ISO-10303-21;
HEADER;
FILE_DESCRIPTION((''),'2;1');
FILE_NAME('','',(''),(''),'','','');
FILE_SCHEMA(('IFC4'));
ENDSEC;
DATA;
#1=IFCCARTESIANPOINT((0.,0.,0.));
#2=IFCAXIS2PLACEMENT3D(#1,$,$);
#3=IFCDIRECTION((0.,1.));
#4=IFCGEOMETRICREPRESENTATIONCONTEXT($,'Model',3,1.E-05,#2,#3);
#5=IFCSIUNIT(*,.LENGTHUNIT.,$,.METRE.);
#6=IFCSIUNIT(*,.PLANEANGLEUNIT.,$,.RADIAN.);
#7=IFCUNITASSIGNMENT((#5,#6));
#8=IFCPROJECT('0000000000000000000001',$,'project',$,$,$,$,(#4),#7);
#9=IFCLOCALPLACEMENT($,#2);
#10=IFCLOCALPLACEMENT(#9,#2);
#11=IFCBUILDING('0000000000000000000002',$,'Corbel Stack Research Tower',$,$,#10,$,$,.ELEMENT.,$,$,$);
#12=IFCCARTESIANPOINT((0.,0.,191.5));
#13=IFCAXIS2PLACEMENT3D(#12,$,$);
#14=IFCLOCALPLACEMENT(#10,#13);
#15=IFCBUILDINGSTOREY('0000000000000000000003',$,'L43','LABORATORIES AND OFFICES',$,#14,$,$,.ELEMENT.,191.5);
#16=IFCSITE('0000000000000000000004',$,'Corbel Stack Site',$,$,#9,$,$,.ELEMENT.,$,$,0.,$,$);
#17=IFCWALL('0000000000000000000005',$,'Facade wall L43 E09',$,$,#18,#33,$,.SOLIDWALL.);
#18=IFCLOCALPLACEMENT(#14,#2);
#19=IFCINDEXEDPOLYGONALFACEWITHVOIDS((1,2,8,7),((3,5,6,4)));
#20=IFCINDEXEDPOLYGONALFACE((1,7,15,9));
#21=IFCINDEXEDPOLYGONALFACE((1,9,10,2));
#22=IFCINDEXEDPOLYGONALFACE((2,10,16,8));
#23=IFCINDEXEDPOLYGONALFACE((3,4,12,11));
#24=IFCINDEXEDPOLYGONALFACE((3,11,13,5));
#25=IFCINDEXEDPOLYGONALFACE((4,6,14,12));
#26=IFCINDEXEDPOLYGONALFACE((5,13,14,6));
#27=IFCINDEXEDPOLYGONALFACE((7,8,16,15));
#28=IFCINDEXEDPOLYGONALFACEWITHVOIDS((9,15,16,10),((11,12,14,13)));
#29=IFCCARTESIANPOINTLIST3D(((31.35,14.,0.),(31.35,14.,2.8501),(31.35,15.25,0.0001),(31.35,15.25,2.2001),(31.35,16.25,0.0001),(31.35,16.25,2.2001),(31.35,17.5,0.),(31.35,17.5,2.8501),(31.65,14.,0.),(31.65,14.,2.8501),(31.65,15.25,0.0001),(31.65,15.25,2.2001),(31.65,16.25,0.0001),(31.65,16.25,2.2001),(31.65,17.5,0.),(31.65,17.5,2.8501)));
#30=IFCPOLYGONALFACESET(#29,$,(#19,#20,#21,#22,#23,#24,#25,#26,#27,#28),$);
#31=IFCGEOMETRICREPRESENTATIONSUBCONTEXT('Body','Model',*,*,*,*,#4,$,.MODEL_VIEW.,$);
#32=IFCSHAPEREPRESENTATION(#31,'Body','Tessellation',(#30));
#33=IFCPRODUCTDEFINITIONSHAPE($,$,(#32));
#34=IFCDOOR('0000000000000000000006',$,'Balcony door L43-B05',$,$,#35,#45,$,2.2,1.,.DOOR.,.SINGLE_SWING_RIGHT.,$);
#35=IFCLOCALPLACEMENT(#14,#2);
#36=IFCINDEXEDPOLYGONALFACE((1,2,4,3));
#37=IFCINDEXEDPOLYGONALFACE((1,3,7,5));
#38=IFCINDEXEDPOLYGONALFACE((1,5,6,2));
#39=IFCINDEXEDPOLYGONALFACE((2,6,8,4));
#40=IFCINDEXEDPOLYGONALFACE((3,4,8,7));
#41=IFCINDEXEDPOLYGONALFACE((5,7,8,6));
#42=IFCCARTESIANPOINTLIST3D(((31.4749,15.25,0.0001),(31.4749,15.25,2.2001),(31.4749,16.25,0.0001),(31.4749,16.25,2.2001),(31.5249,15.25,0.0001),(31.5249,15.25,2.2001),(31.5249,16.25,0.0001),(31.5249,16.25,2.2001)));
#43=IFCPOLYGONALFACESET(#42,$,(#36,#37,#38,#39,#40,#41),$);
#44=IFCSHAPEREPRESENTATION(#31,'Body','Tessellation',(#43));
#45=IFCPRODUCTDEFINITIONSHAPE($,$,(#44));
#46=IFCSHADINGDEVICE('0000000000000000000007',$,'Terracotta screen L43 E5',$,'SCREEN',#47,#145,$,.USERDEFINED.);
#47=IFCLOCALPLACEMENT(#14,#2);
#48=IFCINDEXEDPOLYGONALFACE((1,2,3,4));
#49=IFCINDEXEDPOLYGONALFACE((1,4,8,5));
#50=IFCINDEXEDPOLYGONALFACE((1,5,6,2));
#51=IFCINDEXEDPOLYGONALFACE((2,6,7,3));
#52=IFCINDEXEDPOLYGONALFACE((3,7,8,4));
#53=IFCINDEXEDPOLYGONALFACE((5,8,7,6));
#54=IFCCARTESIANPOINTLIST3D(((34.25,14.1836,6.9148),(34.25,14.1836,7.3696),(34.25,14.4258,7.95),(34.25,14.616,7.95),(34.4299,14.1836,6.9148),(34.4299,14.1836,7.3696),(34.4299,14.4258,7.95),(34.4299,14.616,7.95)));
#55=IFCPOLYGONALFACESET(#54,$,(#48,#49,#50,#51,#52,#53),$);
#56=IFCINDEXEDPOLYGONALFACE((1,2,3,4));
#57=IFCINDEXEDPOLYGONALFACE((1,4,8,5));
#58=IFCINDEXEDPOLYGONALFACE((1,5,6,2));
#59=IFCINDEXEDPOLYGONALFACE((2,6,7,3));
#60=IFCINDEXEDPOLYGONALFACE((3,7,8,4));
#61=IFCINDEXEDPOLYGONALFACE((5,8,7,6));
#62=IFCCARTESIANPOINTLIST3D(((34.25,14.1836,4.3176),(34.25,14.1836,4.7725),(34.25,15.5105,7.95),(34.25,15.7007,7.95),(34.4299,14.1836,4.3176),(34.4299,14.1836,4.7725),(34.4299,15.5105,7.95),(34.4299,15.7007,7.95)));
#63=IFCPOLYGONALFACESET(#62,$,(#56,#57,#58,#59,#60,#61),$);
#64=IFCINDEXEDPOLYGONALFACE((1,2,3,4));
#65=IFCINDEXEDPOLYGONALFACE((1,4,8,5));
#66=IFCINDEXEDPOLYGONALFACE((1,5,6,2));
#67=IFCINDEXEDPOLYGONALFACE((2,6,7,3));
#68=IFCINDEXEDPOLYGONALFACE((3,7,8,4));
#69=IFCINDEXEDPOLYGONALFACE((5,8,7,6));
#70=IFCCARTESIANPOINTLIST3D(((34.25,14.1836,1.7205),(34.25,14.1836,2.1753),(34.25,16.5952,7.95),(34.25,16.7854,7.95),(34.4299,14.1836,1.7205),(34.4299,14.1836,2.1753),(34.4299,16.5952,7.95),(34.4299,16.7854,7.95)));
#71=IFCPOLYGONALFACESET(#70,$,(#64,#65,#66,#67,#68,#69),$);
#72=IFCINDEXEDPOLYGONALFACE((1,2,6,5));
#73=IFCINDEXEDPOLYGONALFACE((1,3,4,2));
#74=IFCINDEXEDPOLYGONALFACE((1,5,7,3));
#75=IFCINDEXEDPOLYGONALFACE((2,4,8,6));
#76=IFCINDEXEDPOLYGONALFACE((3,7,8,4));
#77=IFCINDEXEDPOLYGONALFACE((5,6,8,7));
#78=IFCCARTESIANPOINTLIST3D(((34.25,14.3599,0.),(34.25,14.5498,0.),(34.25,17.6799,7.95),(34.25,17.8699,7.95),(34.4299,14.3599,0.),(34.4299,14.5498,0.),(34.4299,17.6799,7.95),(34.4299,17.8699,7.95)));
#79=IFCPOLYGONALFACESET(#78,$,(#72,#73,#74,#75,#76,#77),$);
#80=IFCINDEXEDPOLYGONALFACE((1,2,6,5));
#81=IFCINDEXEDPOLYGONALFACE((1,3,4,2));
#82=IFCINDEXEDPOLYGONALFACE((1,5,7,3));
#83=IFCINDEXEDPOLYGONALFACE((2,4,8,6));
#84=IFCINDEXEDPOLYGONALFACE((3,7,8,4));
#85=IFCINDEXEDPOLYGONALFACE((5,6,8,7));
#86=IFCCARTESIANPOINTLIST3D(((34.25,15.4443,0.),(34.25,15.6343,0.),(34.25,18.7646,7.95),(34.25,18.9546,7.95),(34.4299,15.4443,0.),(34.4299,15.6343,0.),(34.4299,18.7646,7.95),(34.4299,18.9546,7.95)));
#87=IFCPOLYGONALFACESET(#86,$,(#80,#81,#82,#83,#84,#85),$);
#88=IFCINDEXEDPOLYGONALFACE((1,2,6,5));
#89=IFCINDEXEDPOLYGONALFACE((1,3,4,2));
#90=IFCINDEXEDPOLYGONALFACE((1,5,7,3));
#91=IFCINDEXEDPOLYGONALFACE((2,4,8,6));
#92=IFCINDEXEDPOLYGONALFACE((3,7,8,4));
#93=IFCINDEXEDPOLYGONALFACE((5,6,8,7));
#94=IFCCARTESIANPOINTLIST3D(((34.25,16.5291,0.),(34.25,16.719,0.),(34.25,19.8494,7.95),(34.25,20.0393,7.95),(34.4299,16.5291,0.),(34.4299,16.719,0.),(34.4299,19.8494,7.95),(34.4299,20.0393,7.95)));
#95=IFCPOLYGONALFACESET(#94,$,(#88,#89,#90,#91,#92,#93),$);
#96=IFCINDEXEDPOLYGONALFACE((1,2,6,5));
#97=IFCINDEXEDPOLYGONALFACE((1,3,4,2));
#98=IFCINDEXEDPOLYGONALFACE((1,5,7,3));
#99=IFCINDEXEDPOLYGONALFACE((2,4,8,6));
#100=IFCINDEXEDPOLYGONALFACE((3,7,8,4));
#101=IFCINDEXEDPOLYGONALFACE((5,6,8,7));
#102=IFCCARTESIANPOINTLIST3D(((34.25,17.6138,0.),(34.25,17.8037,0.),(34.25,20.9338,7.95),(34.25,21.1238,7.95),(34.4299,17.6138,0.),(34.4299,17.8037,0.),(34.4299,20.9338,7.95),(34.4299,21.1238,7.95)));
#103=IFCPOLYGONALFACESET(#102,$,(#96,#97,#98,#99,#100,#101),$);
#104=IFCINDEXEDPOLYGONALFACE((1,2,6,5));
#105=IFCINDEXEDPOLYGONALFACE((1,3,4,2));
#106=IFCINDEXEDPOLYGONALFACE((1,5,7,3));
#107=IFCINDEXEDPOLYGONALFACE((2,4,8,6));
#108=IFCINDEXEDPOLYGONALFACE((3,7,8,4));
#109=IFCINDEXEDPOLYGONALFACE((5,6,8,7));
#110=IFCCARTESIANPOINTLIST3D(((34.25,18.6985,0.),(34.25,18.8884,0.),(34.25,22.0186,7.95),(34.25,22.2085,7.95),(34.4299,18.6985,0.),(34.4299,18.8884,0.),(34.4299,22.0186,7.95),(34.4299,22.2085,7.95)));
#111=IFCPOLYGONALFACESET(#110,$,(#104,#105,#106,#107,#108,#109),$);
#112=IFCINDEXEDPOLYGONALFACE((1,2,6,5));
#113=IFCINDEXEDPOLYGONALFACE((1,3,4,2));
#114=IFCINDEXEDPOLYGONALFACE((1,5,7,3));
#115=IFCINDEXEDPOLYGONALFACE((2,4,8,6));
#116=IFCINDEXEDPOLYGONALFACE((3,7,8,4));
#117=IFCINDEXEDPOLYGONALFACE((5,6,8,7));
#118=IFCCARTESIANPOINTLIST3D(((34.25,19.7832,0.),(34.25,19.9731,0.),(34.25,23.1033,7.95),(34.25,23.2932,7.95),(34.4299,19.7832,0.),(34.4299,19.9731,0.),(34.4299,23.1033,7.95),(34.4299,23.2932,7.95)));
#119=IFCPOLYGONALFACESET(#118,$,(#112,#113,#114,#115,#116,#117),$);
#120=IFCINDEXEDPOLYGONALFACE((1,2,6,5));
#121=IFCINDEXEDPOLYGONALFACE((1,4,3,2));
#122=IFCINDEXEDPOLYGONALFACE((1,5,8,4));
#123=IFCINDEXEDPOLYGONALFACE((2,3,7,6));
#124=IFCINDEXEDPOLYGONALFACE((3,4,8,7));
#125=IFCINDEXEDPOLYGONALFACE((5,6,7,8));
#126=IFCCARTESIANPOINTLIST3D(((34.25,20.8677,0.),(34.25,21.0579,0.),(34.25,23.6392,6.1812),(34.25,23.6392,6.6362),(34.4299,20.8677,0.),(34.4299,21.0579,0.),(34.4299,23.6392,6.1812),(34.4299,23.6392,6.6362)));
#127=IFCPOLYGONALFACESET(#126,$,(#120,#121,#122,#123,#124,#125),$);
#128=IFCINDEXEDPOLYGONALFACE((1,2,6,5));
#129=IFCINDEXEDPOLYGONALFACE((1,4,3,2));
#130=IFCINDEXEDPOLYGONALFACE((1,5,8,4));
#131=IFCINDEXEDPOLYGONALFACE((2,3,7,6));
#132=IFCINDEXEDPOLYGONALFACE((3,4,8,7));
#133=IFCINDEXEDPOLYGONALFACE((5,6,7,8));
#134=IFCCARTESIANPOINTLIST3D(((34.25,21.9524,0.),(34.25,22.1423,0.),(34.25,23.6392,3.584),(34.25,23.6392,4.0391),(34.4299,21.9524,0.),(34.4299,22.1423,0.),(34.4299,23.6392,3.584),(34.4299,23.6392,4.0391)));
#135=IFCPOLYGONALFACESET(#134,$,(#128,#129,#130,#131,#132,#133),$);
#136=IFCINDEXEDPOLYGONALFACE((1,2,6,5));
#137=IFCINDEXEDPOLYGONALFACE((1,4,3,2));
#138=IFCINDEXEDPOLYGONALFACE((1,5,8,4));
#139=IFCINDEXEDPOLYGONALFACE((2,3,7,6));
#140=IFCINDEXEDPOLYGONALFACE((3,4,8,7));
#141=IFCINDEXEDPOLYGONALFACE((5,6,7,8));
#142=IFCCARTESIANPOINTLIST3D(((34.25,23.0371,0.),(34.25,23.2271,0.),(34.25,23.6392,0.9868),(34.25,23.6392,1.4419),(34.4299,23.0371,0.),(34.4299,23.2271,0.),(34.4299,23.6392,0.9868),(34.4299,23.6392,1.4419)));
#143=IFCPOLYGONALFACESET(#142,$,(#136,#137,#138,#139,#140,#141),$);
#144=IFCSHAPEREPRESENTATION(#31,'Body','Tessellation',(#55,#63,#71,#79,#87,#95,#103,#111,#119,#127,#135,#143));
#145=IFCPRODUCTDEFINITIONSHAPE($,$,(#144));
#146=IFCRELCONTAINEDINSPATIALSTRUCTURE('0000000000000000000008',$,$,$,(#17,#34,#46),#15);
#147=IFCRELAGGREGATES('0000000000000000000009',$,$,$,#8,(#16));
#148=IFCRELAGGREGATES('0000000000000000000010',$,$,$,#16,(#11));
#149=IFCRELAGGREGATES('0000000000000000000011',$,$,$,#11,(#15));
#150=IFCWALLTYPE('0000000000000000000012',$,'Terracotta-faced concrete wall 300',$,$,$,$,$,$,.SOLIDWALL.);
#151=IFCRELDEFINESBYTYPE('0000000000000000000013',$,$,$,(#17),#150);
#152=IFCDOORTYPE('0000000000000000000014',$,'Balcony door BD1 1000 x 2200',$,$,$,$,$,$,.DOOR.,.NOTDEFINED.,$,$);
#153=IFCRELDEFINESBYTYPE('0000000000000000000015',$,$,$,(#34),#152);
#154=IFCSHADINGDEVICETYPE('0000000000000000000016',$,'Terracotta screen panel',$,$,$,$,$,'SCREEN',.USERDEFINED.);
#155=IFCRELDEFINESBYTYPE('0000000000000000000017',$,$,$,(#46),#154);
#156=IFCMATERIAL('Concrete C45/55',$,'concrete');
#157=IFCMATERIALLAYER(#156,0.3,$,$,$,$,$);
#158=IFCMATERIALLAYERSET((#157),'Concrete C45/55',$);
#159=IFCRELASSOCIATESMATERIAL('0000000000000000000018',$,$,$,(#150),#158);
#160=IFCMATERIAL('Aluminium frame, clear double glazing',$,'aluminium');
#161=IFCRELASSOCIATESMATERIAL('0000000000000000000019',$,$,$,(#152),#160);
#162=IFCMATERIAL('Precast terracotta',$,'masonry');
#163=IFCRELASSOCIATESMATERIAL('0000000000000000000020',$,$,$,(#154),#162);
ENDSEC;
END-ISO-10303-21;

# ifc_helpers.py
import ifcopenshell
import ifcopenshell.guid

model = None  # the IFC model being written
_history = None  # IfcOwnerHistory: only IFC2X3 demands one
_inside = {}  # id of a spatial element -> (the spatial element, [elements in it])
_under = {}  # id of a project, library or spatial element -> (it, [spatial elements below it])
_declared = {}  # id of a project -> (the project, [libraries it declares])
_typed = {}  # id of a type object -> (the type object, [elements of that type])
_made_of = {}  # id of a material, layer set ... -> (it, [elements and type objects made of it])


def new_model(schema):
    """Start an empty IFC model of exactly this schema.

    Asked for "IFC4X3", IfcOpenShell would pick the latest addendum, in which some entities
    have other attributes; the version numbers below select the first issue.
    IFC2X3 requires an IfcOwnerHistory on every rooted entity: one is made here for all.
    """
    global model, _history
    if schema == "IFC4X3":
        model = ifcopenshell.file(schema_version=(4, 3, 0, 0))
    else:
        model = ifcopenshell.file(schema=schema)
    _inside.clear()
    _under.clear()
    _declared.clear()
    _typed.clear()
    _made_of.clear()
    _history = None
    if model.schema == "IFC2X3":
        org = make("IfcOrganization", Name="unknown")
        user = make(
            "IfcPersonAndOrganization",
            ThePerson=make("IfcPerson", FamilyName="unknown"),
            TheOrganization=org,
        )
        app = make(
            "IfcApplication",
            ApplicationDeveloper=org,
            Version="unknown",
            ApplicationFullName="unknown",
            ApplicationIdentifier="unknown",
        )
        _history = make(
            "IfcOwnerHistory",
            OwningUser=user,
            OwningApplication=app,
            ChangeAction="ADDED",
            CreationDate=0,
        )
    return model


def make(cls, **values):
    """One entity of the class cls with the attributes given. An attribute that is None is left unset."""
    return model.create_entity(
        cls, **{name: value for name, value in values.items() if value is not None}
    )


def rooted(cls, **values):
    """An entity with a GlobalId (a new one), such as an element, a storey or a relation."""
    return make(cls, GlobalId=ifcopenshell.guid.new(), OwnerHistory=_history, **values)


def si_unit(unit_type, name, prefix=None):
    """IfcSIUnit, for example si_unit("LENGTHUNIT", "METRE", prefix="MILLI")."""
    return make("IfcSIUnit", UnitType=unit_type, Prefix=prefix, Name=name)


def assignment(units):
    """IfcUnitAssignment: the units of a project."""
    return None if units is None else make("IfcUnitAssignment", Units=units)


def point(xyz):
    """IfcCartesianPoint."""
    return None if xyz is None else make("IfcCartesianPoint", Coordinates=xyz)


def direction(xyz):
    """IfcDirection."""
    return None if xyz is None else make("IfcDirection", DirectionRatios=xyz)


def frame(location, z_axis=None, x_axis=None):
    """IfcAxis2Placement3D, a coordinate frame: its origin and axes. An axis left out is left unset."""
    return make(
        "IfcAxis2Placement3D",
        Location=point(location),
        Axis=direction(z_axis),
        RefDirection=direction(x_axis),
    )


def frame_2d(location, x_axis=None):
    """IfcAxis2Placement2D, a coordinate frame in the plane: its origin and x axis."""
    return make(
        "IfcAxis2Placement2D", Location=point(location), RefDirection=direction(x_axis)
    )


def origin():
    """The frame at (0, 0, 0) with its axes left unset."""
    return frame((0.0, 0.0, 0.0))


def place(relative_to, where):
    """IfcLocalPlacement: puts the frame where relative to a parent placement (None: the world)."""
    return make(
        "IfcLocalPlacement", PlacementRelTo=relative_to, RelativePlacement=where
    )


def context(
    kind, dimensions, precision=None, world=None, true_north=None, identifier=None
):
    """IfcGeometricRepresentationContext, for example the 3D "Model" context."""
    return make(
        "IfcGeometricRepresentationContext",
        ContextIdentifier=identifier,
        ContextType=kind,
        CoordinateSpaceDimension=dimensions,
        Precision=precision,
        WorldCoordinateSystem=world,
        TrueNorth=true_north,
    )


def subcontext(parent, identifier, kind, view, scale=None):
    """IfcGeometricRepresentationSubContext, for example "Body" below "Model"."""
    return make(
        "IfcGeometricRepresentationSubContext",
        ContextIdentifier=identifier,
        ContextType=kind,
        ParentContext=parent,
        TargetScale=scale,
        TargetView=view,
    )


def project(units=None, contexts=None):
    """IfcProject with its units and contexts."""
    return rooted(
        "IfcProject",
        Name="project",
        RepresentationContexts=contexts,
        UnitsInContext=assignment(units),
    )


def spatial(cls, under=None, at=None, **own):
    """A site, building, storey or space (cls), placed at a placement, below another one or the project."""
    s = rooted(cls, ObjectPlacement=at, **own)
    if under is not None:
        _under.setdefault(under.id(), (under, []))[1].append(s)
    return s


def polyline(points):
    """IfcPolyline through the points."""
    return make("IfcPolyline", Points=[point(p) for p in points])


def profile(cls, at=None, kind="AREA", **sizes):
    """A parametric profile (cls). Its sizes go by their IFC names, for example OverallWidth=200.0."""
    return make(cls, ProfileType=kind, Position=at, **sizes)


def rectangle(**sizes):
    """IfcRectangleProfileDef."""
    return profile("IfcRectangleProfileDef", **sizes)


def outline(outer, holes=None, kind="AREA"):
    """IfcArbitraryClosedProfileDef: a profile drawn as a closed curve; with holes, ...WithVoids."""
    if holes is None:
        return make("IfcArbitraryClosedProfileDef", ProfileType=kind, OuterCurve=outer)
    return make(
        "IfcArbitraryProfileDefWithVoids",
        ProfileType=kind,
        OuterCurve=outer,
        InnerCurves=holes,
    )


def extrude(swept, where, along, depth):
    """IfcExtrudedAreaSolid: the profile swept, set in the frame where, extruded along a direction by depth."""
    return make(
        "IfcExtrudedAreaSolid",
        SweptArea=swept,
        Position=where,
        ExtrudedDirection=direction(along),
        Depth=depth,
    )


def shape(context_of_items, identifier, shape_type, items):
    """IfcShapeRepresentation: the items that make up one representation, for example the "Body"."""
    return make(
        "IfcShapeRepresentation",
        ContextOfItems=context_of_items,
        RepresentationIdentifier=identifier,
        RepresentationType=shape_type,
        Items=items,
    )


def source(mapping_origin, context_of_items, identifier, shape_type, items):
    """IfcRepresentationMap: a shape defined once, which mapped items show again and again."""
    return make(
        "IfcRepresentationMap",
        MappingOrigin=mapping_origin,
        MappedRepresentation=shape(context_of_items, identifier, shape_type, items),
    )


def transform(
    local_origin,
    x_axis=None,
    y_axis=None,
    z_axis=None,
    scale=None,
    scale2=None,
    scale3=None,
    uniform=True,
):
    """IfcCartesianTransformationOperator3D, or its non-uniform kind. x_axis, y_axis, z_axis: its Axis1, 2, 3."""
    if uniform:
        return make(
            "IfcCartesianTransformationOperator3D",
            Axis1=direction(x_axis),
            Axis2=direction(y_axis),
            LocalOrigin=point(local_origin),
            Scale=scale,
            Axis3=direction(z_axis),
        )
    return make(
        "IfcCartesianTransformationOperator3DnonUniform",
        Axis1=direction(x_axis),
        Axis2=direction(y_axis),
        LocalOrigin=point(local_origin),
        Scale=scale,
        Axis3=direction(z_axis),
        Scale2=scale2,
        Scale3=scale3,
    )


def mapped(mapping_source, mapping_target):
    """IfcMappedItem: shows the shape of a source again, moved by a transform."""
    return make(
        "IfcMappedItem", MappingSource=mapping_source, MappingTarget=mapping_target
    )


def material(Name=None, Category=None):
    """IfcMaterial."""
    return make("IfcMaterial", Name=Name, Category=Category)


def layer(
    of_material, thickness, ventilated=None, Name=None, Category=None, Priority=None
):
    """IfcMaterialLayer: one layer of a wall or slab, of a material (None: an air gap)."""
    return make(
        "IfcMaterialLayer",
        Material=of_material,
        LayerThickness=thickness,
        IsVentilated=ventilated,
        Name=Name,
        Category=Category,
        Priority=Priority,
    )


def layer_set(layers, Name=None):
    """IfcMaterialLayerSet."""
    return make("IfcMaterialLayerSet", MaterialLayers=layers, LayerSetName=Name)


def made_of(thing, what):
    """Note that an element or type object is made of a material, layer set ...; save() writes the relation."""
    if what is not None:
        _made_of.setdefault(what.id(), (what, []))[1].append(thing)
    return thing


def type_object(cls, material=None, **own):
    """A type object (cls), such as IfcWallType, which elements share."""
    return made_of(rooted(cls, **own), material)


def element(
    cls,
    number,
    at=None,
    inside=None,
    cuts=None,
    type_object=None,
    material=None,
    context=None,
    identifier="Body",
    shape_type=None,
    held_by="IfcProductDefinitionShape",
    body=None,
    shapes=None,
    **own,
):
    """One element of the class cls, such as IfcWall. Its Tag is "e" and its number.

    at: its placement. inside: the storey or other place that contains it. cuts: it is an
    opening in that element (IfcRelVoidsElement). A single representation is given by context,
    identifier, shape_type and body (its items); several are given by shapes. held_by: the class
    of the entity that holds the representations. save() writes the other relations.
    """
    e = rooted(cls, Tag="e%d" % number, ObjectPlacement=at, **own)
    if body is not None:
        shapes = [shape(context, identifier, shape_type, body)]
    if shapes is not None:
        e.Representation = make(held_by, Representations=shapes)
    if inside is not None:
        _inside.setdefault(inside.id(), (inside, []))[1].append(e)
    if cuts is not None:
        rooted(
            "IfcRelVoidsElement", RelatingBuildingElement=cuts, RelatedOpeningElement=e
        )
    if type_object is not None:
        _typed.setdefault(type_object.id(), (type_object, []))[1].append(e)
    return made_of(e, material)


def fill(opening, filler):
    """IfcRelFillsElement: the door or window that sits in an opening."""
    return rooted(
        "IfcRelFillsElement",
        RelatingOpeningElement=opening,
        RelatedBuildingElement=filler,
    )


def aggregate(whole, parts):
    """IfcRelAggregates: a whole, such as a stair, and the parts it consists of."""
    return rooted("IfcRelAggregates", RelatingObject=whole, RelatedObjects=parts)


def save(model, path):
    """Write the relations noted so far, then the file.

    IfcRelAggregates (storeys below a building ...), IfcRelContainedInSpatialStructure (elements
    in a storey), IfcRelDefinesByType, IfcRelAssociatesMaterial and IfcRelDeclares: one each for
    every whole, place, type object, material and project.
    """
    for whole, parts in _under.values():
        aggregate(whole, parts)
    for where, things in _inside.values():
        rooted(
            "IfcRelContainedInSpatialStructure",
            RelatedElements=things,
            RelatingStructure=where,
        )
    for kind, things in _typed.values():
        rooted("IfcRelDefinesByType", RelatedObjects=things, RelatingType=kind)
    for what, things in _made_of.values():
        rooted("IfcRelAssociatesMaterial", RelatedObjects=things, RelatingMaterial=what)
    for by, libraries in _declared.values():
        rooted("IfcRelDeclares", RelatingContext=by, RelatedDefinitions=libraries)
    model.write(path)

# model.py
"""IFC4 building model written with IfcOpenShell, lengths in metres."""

from ifc_helpers import new_model, si_unit, direction, frame, frame_2d, origin, place, context, subcontext, project, spatial, polyline, rectangle, outline, extrude, source, transform, mapped, material, layer, layer_set, type_object, element, fill, save


model = new_model("IFC4")

# Units and contexts
model_context = context("Model", 3, precision=1e-05, world=origin(), true_north=direction((0.0, 1.0)))
body_context = subcontext(model_context, "Body", "Model", "MODEL_VIEW")
ifc_project = project(units=[si_unit("LENGTHUNIT", "METRE"), si_unit("PLANEANGLEUNIT", "RADIAN")], contexts=[model_context])

# Site, building, storey
site_placement = place(None, origin())
site = spatial("IfcSite", under=ifc_project, at=site_placement, Name="Corbel Stack Site", CompositionType="ELEMENT", RefElevation=0.0)
building_placement = place(site_placement, origin())
building = spatial("IfcBuilding", under=site, at=building_placement, Name="Corbel Stack Research Tower", CompositionType="ELEMENT")
storey_placement = place(building_placement, frame((0.0, 0.0, 191.5)))
storey = spatial("IfcBuildingStorey", under=building, at=storey_placement, Name="L43", Description="LABORATORIES AND OFFICES", CompositionType="ELEMENT", Elevation=191.5)

# Shared definitions
ifc_material_1 = material(Name="Concrete C45/55", Category="concrete")
ifc_layer_1 = layer(ifc_material_1, 0.3)
ifc_layer_set_1 = layer_set([ifc_layer_1], Name="Concrete C45/55")
wall_type_1 = type_object("IfcWallType", Name="Terracotta-faced concrete wall 300", PredefinedType="SOLIDWALL", material=ifc_layer_set_1)

# Wall, opening, door
wall_1_placement = place(storey_placement, frame((31.5, 17.5, 0.0), z_axis=(0.0, 0.0, 1.0), x_axis=(0.0, -1.0, 0.0)))
wall_1 = element("IfcWall", 1, at=wall_1_placement, inside=storey, type_object=wall_type_1, Name="Facade wall L43 E09", PredefinedType="SOLIDWALL", context=body_context, shape_type="SweptSolid", body=[
    extrude(rectangle(XDim=3.5, YDim=0.3, at=frame_2d((1.75, 0.0))), origin(), (0.0, 0.0, 1.0), 2.8501),
])
opening_1_placement = place(wall_1_placement, frame((1.25, 0.0, 0.0)))
opening_1 = element("IfcOpeningElement", 2, at=opening_1_placement, cuts=wall_1, PredefinedType="OPENING", context=body_context, shape_type="SweptSolid", body=[
    extrude(rectangle(XDim=1.0, YDim=2.2, at=frame_2d((0.5, 1.1001))), frame((0.0, 0.1599, 0.0), z_axis=(0.0, -1.0, 0.0), x_axis=(1.0, 0.0, 0.0)), (0.0, 0.0, 1.0), 0.3201),
])
ifc_material_2 = material(Name="Aluminium frame, clear double glazing", Category="aluminium")
door_type_1 = type_object("IfcDoorType", Name="Balcony door BD1 1000 x 2200", OperationType="NOTDEFINED", PredefinedType="DOOR", material=ifc_material_2)
door_1_placement = place(opening_1_placement, origin())
door_1 = element("IfcDoor", 3, at=door_1_placement, inside=storey, type_object=door_type_1, Name="Balcony door L43-B05", OperationType="SINGLE_SWING_RIGHT", OverallHeight=2.2, OverallWidth=1.0, PredefinedType="DOOR", context=body_context, shape_type="SweptSolid", body=[
    extrude(rectangle(XDim=1.0, YDim=2.2, at=frame_2d((0.5, 1.1001))), frame((0.0, 0.0249, 0.0), z_axis=(0.0, -1.0, 0.0), x_axis=(1.0, 0.0, 0.0)), (0.0, 0.0, 1.0), 0.05),
])
fill(opening_1, door_1)

# Shading device
ifc_material_3 = material(Name="Precast terracotta", Category="masonry")
shading_device_type = type_object("IfcShadingDeviceType", Name="Terracotta screen panel", ElementType="SCREEN", PredefinedType="USERDEFINED", material=ifc_material_3)
shared_shape_1 = source(origin(), body_context, "Body", "SweptSolid", [
    extrude(outline(polyline([(0.4324, 7.95), (0.2422, 7.95), (0.0, 7.3696), (0.0, 6.9148), (0.4324, 7.95)])), frame((0.0, 0.0, 0.0), z_axis=(0.0, -1.0, 0.0), x_axis=(1.0, 0.0, 0.0)), (0.0, 0.0, 1.0), 0.1799),
    extrude(outline(polyline([(1.5171, 7.95), (1.3269, 7.95), (0.0, 4.7725), (0.0, 4.3176), (1.5171, 7.95)])), frame((0.0, 0.0, 0.0), z_axis=(0.0, -1.0, 0.0), x_axis=(1.0, 0.0, 0.0)), (0.0, 0.0, 1.0), 0.1799),
    extrude(outline(polyline([(2.6018, 7.95), (2.4116, 7.95), (0.0, 2.1753), (0.0, 1.7205), (2.6018, 7.95)])), frame((0.0, 0.0, 0.0), z_axis=(0.0, -1.0, 0.0), x_axis=(1.0, 0.0, 0.0)), (0.0, 0.0, 1.0), 0.1799),
    extrude(outline(polyline([(0.3662, 0.0), (3.6863, 7.95), (3.4963, 7.95), (0.1763, 0.0), (0.3662, 0.0)])), frame((0.0, 0.0, 0.0), z_axis=(0.0, -1.0, 0.0), x_axis=(1.0, 0.0, 0.0)), (0.0, 0.0, 1.0), 0.1799),
    extrude(outline(polyline([(1.4507, 0.0), (4.771, 7.95), (4.5811, 7.95), (1.2607, 0.0), (1.4507, 0.0)])), frame((0.0, 0.0, 0.0), z_axis=(0.0, -1.0, 0.0), x_axis=(1.0, 0.0, 0.0)), (0.0, 0.0, 1.0), 0.1799),
    extrude(outline(polyline([(2.5354, 0.0), (5.8557, 7.95), (5.6658, 7.95), (2.3455, 0.0), (2.5354, 0.0)])), frame((0.0, 0.0, 0.0), z_axis=(0.0, -1.0, 0.0), x_axis=(1.0, 0.0, 0.0)), (0.0, 0.0, 1.0), 0.1799),
    extrude(outline(polyline([(3.6201, 0.0), (6.9402, 7.95), (6.7502, 7.95), (3.4302, 0.0), (3.6201, 0.0)])), frame((0.0, 0.0, 0.0), z_axis=(0.0, -1.0, 0.0), x_axis=(1.0, 0.0, 0.0)), (0.0, 0.0, 1.0), 0.1799),
    extrude(outline(polyline([(4.7048, 0.0), (8.0249, 7.95), (7.835, 7.95), (4.5149, 0.0), (4.7048, 0.0)])), frame((0.0, 0.0, 0.0), z_axis=(0.0, -1.0, 0.0), x_axis=(1.0, 0.0, 0.0)), (0.0, 0.0, 1.0), 0.1799),
    extrude(outline(polyline([(5.7896, 0.0), (9.1096, 7.95), (8.9197, 7.95), (5.5996, 0.0), (5.7896, 0.0)])), frame((0.0, 0.0, 0.0), z_axis=(0.0, -1.0, 0.0), x_axis=(1.0, 0.0, 0.0)), (0.0, 0.0, 1.0), 0.1799),
    extrude(outline(polyline([(6.8743, 0.0), (9.4556, 6.1812), (9.4556, 6.6362), (6.6841, 0.0), (6.8743, 0.0)])), frame((0.0, 0.0, 0.0), z_axis=(0.0, -1.0, 0.0), x_axis=(1.0, 0.0, 0.0)), (0.0, 0.0, 1.0), 0.1799),
    extrude(outline(polyline([(7.9587, 0.0), (9.4556, 3.584), (9.4556, 4.0391), (7.7688, 0.0), (7.9587, 0.0)])), frame((0.0, 0.0, 0.0), z_axis=(0.0, -1.0, 0.0), x_axis=(1.0, 0.0, 0.0)), (0.0, 0.0, 1.0), 0.1799),
    extrude(outline(polyline([(9.0435, 0.0), (9.4556, 0.9868), (9.4556, 1.4419), (8.8535, 0.0), (9.0435, 0.0)])), frame((0.0, 0.0, 0.0), z_axis=(0.0, -1.0, 0.0), x_axis=(1.0, 0.0, 0.0)), (0.0, 0.0, 1.0), 0.1799),
])
shading_device_1_placement = place(storey_placement, frame((34.25, 14.1836, 0.0), z_axis=(0.0, 0.0, 1.0), x_axis=(0.0, 1.0, 0.0)))
element("IfcShadingDevice", 4, at=shading_device_1_placement, inside=storey, type_object=shading_device_type, Name="Terracotta screen L43 E5", ObjectType="SCREEN", PredefinedType="USERDEFINED", context=body_context, shape_type="MappedRepresentation", body=[
    mapped(shared_shape_1, transform((0.0, 0.0, 0.0))),
])

save(model, "model.ifc")
